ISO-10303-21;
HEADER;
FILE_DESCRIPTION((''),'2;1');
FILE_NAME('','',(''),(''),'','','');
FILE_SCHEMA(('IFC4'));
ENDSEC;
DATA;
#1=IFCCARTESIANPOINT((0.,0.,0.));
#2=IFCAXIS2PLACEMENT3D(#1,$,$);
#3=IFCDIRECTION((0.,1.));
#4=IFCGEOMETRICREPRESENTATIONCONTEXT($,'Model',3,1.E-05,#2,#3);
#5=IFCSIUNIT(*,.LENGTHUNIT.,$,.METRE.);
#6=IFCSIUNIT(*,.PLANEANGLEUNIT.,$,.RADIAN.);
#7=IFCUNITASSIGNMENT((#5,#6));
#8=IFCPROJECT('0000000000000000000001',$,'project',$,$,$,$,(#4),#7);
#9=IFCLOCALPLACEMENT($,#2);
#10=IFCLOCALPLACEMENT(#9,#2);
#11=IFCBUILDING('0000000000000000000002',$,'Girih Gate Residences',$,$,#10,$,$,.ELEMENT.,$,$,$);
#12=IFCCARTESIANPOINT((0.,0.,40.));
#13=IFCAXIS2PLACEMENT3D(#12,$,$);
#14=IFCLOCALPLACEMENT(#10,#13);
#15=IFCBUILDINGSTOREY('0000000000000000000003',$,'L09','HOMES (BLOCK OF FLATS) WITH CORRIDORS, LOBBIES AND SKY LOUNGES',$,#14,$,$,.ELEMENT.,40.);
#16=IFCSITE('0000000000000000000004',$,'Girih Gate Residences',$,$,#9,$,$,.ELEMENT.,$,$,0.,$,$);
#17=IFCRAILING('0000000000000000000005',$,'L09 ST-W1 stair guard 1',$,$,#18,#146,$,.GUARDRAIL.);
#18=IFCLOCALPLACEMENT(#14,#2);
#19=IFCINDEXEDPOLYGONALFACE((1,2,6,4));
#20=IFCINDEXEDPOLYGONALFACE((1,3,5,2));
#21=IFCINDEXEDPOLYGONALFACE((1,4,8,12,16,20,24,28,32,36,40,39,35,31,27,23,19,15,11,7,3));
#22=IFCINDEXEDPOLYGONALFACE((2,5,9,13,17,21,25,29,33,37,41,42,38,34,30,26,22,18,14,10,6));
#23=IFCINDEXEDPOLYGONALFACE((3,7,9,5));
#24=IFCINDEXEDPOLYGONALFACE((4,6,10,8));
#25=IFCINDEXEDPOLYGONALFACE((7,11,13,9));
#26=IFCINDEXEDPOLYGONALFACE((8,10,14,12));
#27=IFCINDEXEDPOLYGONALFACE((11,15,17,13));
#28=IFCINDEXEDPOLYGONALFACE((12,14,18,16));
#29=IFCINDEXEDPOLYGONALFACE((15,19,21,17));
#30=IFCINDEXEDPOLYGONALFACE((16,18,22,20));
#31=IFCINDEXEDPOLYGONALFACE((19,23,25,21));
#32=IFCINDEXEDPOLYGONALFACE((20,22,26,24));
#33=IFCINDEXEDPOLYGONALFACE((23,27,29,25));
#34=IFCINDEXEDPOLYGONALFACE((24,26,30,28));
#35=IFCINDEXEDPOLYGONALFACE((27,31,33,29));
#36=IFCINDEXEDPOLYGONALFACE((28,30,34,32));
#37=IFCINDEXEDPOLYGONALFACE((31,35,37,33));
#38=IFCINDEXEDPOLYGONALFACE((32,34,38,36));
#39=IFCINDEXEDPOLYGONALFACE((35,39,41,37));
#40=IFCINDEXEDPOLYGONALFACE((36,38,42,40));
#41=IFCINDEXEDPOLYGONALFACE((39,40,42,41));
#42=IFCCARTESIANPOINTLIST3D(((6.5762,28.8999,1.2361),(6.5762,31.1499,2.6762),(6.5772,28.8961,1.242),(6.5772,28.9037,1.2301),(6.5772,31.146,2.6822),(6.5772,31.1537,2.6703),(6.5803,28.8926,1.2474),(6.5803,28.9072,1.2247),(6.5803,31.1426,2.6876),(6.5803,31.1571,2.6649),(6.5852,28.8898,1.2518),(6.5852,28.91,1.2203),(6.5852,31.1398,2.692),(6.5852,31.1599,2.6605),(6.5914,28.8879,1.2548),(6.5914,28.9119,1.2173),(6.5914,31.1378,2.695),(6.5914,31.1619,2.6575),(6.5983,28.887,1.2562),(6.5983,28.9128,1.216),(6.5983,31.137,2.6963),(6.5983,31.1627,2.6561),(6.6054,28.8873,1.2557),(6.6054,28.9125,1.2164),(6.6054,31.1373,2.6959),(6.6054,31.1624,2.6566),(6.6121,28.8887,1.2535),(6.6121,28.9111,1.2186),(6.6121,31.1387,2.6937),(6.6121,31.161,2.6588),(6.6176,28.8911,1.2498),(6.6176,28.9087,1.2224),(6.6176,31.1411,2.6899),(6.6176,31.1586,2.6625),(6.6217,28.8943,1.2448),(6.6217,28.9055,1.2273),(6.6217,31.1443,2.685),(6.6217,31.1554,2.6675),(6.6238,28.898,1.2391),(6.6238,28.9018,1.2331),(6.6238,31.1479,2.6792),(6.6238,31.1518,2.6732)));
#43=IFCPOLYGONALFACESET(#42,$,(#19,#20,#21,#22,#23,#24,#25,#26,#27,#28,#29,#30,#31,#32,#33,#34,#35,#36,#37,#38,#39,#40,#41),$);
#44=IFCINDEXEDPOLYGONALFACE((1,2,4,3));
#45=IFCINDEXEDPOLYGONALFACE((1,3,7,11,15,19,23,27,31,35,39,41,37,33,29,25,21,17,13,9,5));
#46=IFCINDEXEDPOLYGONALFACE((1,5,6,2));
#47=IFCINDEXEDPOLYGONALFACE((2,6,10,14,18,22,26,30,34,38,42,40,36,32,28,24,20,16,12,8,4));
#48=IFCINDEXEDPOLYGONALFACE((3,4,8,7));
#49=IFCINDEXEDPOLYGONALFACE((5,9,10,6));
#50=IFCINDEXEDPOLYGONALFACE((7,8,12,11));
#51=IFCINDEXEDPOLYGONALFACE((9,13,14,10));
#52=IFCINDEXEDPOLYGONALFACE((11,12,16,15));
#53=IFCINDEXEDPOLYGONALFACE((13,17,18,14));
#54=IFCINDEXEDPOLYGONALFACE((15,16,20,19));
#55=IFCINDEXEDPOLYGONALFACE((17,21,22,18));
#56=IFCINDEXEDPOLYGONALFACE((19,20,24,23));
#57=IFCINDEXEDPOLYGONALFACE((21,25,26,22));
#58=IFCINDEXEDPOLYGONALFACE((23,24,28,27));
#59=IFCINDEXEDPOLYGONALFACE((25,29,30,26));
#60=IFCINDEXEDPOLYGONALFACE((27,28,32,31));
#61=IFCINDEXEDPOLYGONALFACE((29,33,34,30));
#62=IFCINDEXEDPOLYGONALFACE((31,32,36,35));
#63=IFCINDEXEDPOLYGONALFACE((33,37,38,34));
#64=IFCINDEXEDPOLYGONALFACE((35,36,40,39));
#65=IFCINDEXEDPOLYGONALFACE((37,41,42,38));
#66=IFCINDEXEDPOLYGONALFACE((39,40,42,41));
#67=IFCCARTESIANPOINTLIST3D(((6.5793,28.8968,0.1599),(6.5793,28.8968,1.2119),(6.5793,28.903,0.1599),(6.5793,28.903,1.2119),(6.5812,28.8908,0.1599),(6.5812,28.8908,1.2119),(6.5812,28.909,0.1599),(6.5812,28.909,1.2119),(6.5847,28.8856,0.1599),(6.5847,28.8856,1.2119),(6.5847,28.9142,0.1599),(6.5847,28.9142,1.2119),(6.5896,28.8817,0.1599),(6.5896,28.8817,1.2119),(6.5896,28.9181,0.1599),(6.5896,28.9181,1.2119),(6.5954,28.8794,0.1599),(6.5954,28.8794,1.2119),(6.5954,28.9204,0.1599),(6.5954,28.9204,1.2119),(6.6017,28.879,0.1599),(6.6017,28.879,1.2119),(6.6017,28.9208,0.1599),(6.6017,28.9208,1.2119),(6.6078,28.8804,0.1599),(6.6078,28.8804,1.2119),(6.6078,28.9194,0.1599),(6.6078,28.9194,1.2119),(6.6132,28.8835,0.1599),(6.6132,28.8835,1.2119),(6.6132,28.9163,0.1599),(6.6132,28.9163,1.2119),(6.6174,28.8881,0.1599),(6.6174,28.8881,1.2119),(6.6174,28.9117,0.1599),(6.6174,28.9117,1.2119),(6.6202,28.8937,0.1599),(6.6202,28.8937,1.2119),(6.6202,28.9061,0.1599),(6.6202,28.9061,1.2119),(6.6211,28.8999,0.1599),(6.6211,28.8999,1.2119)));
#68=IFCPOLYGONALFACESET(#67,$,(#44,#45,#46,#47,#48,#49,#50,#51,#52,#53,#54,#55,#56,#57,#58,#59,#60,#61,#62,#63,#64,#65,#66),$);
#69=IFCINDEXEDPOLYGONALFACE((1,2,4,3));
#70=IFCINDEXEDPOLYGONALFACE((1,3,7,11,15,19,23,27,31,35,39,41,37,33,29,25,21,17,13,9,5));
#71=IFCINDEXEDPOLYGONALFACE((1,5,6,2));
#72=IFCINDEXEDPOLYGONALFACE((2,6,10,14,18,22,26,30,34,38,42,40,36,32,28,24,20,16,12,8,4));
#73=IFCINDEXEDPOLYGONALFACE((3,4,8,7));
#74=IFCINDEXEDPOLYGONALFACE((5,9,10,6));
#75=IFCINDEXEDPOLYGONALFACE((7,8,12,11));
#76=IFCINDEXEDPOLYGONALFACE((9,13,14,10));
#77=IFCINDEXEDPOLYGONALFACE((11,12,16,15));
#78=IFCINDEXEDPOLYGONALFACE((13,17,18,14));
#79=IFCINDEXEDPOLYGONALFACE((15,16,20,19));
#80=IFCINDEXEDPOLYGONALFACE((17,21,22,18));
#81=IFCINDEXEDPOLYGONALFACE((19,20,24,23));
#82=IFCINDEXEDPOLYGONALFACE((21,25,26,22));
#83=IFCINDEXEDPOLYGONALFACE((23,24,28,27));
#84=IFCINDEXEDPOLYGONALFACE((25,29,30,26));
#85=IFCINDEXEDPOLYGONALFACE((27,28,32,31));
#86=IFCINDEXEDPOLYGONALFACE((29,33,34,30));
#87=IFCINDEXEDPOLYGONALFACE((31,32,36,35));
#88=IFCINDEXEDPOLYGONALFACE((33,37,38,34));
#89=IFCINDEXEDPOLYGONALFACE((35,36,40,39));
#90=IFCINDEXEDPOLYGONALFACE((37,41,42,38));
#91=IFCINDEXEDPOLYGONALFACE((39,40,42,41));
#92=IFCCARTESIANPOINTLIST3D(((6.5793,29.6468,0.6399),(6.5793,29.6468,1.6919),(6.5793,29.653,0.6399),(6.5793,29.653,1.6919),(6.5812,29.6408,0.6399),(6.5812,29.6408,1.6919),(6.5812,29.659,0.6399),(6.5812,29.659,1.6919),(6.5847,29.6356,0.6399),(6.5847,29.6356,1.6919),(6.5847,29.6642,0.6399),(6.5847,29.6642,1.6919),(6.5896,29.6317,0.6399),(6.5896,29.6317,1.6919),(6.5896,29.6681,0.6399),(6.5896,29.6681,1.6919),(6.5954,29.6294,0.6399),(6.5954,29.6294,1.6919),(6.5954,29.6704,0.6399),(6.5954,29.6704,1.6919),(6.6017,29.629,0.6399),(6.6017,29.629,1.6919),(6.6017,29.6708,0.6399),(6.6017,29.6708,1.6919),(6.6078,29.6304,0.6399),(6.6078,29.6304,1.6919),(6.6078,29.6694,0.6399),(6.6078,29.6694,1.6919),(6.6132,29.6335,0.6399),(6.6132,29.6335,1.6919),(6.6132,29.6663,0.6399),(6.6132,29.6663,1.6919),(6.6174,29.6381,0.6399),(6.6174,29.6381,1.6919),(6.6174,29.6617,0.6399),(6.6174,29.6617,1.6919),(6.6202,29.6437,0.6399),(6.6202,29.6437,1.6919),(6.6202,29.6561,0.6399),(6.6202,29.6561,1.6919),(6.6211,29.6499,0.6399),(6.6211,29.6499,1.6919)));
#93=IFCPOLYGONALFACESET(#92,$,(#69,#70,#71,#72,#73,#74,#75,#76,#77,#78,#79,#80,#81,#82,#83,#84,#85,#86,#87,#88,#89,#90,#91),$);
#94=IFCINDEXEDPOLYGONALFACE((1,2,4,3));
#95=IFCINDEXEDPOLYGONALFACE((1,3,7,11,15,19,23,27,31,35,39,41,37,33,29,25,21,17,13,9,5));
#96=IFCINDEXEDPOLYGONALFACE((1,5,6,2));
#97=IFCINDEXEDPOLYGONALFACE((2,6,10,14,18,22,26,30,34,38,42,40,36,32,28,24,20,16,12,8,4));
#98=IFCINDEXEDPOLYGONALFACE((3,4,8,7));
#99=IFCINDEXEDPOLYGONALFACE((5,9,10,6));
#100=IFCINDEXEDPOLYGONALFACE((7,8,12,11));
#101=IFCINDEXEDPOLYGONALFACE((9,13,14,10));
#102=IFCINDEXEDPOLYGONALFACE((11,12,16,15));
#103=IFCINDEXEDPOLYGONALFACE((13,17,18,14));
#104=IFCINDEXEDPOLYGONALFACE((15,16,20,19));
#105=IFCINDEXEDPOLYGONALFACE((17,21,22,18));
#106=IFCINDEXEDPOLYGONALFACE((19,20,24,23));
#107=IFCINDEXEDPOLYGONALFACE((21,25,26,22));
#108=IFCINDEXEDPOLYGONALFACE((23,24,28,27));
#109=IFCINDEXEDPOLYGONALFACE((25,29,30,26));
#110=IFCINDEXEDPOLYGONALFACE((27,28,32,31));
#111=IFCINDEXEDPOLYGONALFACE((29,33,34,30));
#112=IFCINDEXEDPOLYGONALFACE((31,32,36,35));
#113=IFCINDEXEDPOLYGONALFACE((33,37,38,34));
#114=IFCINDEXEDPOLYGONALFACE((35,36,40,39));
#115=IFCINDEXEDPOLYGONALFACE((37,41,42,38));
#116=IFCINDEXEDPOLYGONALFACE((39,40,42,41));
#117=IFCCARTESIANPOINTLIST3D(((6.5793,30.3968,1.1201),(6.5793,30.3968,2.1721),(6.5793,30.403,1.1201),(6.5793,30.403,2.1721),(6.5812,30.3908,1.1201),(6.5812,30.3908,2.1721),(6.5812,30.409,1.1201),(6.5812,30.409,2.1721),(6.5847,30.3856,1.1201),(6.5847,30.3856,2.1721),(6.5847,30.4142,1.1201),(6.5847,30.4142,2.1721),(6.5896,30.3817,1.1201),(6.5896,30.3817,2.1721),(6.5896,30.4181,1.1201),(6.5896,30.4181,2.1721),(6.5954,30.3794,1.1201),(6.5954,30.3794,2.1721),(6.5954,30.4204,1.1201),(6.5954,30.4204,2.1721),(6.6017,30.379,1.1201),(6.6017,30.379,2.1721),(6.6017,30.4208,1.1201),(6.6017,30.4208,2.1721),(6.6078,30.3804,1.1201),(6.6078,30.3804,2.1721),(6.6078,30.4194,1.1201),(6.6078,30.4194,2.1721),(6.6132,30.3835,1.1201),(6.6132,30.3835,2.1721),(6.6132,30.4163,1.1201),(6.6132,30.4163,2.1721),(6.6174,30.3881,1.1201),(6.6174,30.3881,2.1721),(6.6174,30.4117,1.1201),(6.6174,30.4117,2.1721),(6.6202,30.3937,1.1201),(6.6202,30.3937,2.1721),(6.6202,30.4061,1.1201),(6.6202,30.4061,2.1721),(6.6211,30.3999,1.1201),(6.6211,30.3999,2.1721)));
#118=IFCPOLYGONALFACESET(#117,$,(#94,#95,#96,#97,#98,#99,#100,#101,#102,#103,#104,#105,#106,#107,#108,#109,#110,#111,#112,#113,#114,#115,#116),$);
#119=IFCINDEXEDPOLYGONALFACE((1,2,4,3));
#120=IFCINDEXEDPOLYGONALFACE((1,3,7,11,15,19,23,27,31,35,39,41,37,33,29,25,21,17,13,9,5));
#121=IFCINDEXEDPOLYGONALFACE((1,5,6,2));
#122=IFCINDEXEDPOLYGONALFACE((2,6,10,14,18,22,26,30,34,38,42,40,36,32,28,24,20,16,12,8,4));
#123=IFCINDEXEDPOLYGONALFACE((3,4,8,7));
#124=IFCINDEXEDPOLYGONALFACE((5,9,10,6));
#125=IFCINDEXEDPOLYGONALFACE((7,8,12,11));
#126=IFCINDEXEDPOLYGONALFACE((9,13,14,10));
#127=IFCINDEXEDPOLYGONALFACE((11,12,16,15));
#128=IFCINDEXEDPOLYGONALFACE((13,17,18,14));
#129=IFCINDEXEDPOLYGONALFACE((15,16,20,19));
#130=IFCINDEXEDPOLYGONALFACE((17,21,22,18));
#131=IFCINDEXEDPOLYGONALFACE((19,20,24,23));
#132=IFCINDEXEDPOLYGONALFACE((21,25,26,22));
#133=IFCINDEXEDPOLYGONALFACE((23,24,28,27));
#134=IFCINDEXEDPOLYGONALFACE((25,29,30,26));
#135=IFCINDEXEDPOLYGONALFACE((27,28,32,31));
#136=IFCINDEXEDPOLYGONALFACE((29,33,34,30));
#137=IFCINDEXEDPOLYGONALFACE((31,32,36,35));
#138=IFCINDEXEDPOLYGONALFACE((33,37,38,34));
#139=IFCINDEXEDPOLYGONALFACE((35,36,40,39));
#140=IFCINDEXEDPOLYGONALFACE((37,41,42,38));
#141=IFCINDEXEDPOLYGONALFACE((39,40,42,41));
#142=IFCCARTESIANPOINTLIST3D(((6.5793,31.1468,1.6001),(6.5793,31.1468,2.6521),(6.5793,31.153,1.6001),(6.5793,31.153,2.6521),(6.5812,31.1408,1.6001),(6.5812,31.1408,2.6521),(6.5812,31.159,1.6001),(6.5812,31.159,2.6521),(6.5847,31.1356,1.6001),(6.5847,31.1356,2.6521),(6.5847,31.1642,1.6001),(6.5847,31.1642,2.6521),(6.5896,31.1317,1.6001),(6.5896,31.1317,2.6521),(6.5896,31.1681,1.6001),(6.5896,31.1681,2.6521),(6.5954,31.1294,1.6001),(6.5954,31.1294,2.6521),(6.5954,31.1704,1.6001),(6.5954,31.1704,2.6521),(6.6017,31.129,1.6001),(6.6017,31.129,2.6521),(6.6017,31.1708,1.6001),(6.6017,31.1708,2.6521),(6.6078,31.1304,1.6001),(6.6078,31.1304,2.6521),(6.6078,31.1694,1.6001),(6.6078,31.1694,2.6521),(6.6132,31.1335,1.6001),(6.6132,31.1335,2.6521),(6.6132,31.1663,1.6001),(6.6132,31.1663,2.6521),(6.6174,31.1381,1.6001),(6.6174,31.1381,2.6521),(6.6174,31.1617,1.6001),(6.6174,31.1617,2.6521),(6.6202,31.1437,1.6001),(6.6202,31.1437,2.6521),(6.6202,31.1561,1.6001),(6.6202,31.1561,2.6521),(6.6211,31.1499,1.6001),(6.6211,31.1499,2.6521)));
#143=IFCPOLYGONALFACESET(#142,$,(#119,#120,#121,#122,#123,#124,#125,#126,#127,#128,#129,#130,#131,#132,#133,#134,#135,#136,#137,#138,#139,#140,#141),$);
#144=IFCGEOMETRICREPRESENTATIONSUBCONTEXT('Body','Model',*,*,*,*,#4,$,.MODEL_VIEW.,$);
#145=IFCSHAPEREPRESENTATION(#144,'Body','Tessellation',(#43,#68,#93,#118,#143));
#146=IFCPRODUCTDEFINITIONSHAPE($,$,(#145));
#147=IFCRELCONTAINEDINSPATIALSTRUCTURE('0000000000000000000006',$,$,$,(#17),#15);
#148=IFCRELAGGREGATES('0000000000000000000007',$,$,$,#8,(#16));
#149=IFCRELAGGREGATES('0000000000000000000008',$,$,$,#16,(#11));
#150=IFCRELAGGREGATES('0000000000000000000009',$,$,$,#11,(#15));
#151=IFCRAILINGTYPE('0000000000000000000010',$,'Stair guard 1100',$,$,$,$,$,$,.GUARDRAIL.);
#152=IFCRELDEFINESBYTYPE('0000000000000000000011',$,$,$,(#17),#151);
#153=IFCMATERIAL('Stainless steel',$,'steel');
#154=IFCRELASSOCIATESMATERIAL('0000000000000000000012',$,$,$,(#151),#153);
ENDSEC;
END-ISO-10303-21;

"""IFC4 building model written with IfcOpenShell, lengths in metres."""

from ifc_helpers import new_model, si_unit, direction, frame, origin, origin_2d, place, context, subcontext, project, spatial, circle, extrude, material, type_object, element, save


model = new_model("IFC4")

# Units and contexts
model_context = context("Model", 3, precision=1e-05, world=origin(), true_north=direction((0.0, 1.0)))
body_context = subcontext(model_context, "Body", "Model", "MODEL_VIEW")
ifc_project = project(units=[si_unit("LENGTHUNIT", "METRE"), si_unit("PLANEANGLEUNIT", "RADIAN")], contexts=[model_context])

# Site, building, storey
site_placement = place(None, origin())
site = spatial("IfcSite", under=ifc_project, at=site_placement, Name="Girih Gate Residences", CompositionType="ELEMENT", RefElevation=0.0)
building_placement = place(site_placement, origin())
building = spatial("IfcBuilding", under=site, at=building_placement, Name="Girih Gate Residences", CompositionType="ELEMENT")
storey_placement = place(building_placement, frame((0.0, 0.0, 40.0)))
storey = spatial("IfcBuildingStorey", under=building, at=storey_placement, Name="L09", Description="HOMES (BLOCK OF FLATS) WITH CORRIDORS, LOBBIES AND SKY LOUNGES", CompositionType="ELEMENT", Elevation=40.0)

# Railing
ifc_material_1 = material(Name="Stainless steel", Category="steel")
railing_type_1 = type_object("IfcRailingType", Name="Stair guard 1100", PredefinedType="GUARDRAIL", material=ifc_material_1)
railing_1_placement = place(storey_placement, frame((6.6001, 28.8999, 0.1599)))
element("IfcRailing", 1, at=railing_1_placement, inside=storey, type_object=railing_type_1, Name="L09 ST-W1 stair guard 1", PredefinedType="GUARDRAIL", context=body_context, shape_type="SweptSolid", body=[
    extrude(circle(Radius=0.0239, at=origin_2d()), frame((0.0, 0.0, 1.0762), z_axis=(0.0, 0.84224, 0.539103), x_axis=(-1.0, 0.0, 0.0)), (0.0, 0.0, 1.0), 2.6714),
    extrude(circle(Radius=0.021, at=origin_2d()), origin(), (0.0, 0.0, 1.0), 1.052),
    extrude(circle(Radius=0.021, at=origin_2d()), frame((0.0, 0.75, 0.48)), (0.0, 0.0, 1.0), 1.052),
    extrude(circle(Radius=0.021, at=origin_2d()), frame((0.0, 1.5, 0.9602)), (0.0, 0.0, 1.0), 1.052),
    extrude(circle(Radius=0.021, at=origin_2d()), frame((0.0, 2.25, 1.4402)), (0.0, 0.0, 1.0), 1.052),
])

save(model, "model.ifc")
